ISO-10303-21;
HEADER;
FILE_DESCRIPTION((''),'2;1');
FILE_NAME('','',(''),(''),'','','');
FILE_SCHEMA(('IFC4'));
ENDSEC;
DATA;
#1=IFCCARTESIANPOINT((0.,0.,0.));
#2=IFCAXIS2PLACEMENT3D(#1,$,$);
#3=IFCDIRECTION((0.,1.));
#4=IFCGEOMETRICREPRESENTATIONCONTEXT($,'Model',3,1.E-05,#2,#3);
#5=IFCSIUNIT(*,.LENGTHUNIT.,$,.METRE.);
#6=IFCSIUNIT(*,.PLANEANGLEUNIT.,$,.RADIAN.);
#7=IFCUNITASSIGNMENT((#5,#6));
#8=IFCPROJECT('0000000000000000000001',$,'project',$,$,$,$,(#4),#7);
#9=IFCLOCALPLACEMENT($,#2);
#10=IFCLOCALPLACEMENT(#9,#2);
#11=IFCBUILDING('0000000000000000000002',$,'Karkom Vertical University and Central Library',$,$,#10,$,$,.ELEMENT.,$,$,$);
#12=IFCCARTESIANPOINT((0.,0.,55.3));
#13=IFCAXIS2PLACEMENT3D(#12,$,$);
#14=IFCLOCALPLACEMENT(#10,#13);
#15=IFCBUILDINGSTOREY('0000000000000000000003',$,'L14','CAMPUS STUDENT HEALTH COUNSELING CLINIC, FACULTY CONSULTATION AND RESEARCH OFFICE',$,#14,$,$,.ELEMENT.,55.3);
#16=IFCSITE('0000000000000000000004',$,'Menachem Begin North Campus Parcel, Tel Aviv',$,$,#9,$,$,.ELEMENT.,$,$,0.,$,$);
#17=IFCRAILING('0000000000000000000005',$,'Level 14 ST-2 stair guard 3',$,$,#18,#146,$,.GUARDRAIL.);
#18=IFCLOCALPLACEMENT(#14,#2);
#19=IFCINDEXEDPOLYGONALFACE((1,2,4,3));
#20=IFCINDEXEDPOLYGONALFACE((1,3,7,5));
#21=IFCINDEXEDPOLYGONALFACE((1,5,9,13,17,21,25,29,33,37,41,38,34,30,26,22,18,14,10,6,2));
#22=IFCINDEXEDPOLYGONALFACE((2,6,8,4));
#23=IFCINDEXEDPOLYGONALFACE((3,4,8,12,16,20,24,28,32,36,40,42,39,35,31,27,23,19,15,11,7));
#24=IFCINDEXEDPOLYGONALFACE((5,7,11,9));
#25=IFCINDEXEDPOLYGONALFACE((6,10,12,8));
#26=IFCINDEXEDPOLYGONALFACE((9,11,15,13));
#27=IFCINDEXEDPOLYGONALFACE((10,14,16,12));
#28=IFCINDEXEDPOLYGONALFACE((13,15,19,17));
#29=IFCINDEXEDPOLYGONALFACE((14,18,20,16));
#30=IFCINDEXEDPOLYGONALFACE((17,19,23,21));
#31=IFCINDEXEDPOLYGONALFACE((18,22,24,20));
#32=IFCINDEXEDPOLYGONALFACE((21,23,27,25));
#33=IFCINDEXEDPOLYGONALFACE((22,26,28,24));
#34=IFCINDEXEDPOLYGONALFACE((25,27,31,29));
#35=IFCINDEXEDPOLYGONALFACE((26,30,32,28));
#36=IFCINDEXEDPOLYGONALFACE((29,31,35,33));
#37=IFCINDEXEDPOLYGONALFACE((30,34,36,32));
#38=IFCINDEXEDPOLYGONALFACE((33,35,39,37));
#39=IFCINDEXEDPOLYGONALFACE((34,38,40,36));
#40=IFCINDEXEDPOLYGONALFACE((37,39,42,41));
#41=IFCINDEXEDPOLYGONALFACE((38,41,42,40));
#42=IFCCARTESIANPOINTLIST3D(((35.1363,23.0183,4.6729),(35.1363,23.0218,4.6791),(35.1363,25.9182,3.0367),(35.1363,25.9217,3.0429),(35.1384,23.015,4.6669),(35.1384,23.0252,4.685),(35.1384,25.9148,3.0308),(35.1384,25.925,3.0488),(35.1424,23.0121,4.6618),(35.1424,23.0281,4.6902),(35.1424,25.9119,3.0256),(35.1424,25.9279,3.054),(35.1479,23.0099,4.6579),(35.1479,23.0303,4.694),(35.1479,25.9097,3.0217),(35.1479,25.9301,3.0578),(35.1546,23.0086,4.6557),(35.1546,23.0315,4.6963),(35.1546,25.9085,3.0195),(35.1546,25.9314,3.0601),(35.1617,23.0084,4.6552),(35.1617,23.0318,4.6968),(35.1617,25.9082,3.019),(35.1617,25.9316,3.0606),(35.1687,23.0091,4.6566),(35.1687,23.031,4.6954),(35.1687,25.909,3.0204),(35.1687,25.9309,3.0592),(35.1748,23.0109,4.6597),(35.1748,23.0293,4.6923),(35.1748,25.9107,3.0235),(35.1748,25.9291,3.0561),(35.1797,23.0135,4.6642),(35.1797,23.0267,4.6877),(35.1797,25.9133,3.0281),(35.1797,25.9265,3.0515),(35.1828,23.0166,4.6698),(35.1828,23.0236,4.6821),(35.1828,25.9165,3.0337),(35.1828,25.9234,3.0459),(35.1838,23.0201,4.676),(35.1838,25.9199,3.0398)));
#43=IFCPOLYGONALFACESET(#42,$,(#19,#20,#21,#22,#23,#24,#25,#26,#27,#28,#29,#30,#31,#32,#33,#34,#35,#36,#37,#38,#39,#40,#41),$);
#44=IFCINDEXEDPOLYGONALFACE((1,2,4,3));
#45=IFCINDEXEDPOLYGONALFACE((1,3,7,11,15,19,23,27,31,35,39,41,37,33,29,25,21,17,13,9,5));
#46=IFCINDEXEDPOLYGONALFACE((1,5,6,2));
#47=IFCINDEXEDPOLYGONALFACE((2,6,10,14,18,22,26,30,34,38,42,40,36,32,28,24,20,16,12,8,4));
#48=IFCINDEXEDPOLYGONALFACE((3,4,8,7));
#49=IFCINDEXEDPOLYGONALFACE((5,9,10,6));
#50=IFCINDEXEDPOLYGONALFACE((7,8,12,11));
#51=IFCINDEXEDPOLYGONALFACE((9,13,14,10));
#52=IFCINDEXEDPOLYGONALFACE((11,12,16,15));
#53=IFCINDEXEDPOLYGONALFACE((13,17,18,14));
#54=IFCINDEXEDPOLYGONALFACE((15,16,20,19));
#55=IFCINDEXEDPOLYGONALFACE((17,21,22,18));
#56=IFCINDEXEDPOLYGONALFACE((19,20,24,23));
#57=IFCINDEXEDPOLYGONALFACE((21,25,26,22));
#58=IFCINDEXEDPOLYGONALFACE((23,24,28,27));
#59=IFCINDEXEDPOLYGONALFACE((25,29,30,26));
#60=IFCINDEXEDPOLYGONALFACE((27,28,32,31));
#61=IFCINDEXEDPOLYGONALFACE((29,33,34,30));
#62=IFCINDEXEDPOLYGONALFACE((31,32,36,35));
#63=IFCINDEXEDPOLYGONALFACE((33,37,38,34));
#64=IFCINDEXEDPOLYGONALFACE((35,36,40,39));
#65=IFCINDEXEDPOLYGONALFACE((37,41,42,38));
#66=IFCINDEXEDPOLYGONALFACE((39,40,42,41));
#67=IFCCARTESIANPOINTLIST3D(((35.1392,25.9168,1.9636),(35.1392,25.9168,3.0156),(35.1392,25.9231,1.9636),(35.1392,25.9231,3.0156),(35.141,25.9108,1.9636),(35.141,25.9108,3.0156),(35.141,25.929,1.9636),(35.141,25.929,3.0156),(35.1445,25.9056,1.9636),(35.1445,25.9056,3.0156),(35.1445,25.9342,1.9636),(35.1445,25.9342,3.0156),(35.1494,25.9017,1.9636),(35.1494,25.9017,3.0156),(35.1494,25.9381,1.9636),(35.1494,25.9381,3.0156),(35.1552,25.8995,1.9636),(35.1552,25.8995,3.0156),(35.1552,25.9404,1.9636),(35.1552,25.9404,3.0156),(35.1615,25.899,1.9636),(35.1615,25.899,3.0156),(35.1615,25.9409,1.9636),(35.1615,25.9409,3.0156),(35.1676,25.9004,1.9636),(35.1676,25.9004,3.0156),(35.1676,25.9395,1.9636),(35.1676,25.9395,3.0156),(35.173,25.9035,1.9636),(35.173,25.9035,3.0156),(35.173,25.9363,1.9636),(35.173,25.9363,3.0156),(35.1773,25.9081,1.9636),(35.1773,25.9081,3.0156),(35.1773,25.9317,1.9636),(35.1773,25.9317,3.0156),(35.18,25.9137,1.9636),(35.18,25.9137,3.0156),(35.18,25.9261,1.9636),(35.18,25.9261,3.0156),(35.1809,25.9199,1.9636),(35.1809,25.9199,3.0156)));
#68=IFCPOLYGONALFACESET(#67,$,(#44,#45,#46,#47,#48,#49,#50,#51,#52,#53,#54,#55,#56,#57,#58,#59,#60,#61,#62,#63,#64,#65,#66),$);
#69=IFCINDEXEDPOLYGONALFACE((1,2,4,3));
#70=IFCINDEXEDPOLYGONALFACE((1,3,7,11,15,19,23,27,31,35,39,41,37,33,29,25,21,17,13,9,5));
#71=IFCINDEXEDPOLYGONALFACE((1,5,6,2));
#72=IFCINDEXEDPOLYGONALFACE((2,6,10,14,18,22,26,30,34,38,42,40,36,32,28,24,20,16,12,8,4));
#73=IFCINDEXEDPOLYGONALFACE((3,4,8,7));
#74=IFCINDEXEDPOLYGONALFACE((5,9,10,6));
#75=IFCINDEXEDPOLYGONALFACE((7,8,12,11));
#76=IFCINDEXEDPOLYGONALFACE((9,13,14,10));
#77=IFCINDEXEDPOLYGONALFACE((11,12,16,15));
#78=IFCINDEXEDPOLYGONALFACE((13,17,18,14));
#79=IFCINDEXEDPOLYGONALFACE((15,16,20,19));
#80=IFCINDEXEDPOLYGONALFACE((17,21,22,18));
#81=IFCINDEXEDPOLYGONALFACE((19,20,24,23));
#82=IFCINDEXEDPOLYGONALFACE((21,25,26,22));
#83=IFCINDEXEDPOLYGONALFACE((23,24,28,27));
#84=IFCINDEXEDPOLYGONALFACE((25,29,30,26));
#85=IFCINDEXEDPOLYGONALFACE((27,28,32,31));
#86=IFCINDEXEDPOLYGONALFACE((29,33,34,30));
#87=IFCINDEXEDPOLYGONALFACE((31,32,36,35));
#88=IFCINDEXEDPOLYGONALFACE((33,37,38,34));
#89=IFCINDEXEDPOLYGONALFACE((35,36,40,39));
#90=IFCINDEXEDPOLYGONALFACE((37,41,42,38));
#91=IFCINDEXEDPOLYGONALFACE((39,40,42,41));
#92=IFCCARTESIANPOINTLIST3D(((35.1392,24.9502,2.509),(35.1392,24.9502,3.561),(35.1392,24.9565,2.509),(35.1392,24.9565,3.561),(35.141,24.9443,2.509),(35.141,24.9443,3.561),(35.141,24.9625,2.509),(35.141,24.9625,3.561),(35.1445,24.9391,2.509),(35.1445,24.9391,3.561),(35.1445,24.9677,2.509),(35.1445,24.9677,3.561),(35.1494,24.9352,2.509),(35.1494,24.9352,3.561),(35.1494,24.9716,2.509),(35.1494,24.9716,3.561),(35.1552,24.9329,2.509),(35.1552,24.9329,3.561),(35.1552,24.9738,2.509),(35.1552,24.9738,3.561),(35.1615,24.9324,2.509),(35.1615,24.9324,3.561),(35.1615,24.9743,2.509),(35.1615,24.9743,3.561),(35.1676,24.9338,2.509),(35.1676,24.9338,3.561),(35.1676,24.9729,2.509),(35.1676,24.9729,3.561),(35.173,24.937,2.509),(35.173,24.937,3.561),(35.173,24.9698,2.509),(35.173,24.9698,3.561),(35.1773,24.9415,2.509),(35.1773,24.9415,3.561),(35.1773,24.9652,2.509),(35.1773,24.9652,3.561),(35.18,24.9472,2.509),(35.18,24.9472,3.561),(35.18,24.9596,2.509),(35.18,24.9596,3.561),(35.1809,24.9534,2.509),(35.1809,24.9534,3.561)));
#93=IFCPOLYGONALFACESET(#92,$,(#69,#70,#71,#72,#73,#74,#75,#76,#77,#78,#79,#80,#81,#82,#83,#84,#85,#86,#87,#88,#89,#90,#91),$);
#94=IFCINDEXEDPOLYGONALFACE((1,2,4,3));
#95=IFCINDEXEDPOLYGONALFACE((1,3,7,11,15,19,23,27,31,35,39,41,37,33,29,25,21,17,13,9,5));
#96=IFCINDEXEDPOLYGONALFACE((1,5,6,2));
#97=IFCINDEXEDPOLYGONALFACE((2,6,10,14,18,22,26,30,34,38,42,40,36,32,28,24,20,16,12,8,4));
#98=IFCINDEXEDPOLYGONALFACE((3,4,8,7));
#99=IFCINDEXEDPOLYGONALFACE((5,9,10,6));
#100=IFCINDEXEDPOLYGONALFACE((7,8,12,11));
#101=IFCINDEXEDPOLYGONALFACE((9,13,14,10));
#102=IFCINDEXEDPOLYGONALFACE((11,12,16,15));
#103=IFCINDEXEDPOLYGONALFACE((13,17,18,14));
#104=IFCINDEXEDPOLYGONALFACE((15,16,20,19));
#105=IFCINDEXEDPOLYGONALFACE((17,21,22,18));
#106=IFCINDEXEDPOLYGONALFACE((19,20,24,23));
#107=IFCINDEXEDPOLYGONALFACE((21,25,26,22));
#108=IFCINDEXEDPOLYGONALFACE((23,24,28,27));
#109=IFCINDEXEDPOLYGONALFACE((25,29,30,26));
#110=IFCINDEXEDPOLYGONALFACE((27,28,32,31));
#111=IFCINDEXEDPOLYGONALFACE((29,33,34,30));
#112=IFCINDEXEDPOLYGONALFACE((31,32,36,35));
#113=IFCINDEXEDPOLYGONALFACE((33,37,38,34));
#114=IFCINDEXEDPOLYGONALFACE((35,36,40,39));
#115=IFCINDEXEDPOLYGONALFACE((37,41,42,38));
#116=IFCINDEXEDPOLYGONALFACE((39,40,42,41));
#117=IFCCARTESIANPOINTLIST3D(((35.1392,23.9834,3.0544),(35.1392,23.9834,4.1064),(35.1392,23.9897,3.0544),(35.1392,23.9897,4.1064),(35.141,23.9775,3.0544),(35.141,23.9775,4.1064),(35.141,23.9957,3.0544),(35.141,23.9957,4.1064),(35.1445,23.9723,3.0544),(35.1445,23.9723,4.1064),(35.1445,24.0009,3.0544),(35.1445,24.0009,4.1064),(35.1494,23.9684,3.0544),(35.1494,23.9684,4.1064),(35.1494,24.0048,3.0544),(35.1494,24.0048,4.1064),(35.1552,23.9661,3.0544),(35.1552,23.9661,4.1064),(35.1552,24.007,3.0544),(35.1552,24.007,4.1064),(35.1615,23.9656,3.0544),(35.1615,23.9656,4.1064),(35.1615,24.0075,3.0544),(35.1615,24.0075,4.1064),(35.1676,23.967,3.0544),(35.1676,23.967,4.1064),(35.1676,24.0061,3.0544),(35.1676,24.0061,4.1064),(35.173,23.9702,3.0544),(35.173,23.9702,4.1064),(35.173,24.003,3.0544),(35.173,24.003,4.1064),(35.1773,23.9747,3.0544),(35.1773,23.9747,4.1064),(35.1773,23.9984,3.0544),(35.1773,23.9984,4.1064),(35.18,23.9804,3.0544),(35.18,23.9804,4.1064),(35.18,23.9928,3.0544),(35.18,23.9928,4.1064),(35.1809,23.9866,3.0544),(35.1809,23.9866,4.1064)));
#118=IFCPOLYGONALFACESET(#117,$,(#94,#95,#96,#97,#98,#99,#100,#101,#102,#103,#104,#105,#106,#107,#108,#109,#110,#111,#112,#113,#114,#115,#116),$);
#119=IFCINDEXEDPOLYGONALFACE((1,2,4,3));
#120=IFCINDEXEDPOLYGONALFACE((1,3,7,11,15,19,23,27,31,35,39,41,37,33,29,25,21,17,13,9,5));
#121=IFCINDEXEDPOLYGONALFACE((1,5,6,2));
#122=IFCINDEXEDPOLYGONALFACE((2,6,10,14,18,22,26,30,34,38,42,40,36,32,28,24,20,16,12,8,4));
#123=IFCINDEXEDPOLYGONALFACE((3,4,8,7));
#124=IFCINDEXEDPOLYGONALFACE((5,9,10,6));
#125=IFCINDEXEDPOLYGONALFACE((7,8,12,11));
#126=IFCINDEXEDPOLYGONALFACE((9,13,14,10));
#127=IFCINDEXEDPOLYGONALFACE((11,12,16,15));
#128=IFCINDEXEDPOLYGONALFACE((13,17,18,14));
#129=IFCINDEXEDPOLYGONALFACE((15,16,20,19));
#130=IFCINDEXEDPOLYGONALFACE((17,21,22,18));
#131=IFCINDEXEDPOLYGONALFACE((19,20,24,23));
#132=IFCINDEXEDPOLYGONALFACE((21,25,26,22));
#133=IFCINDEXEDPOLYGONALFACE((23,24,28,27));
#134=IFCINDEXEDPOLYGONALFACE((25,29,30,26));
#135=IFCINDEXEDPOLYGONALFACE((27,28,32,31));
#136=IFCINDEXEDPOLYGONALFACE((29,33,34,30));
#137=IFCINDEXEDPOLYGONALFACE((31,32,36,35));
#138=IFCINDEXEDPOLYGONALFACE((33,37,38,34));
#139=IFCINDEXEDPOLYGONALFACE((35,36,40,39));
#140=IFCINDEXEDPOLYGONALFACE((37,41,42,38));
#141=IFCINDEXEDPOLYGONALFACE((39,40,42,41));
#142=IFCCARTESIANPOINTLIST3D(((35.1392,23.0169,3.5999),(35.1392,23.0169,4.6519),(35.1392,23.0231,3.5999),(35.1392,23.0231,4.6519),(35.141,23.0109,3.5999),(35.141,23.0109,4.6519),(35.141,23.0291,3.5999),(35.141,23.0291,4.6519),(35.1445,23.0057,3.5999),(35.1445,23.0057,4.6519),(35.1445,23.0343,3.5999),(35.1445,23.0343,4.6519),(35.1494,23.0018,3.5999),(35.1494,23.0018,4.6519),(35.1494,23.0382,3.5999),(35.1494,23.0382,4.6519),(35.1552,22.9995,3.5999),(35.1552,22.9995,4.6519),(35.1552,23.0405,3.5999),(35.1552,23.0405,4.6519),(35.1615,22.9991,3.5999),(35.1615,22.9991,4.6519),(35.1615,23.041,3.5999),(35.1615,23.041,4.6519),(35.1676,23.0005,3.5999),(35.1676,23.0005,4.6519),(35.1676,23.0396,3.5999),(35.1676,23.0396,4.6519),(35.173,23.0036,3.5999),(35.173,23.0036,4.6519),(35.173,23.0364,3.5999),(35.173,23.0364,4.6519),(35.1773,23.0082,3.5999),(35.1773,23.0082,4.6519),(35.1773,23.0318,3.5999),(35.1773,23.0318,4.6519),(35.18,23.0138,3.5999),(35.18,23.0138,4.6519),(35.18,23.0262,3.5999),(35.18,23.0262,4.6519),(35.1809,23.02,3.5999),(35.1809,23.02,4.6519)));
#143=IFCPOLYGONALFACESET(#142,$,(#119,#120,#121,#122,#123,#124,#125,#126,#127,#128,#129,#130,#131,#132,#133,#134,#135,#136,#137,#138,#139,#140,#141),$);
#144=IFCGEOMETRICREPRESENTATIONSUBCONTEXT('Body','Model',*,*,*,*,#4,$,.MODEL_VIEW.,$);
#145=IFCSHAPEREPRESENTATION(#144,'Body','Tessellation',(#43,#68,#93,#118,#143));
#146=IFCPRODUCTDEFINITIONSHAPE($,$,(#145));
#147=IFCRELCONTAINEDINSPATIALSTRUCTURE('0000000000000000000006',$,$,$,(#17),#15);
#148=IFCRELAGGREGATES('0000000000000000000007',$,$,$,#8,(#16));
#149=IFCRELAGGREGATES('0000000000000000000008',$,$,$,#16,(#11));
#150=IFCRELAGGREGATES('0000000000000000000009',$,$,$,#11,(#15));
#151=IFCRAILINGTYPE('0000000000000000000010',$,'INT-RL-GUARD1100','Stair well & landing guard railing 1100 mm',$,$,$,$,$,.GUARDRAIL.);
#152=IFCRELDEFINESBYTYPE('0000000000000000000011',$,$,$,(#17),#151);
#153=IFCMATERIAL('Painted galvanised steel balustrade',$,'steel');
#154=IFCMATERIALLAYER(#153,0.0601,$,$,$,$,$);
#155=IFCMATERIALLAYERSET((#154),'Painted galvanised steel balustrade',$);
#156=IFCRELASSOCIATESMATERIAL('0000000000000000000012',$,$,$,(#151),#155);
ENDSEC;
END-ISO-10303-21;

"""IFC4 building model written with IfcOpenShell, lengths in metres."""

from ifc_helpers import new_model, si_unit, direction, frame, origin, origin_2d, place, context, subcontext, project, spatial, circle, extrude, material, layer, layer_set, type_object, element, save


model = new_model("IFC4")

# Units and contexts
model_context = context("Model", 3, precision=1e-05, world=origin(), true_north=direction((0.0, 1.0)))
body_context = subcontext(model_context, "Body", "Model", "MODEL_VIEW")
ifc_project = project(units=[si_unit("LENGTHUNIT", "METRE"), si_unit("PLANEANGLEUNIT", "RADIAN")], contexts=[model_context])

# Site, building, storey
site_placement = place(None, origin())
site = spatial("IfcSite", under=ifc_project, at=site_placement, Name="Menachem Begin North Campus Parcel, Tel Aviv", CompositionType="ELEMENT", RefElevation=0.0)
building_placement = place(site_placement, origin())
building = spatial("IfcBuilding", under=site, at=building_placement, Name="Karkom Vertical University and Central Library", CompositionType="ELEMENT")
storey_placement = place(building_placement, frame((0.0, 0.0, 55.3)))
storey = spatial("IfcBuildingStorey", under=building, at=storey_placement, Name="L14", Description="CAMPUS STUDENT HEALTH COUNSELING CLINIC, FACULTY CONSULTATION AND RESEARCH OFFICE", CompositionType="ELEMENT", Elevation=55.3)

# Railing
ifc_material_1 = material(Name="Painted galvanised steel balustrade", Category="steel")
ifc_layer_1 = layer(ifc_material_1, 0.0601)
ifc_layer_set_1 = layer_set([ifc_layer_1], Name="Painted galvanised steel balustrade")
railing_type_1 = type_object("IfcRailingType", Name="INT-RL-GUARD1100", Description="Stair well & landing guard railing 1100 mm", PredefinedType="GUARDRAIL", material=ifc_layer_set_1)
railing_1_placement = place(storey_placement, frame((35.1599, 25.9199, 1.9636)))
element("IfcRailing", 1, at=railing_1_placement, inside=storey, type_object=railing_type_1, Name="Level 14 ST-2 stair guard 3", PredefinedType="GUARDRAIL", context=body_context, shape_type="SweptSolid", body=[
    extrude(circle(Radius=0.0239, at=origin_2d()), frame((0.0, 0.0, 1.0762), z_axis=(0.0, -0.870929, 0.49141), x_axis=(1.0, 0.0, 0.0)), (0.0, 0.0, 1.0), 3.3296),
    extrude(circle(Radius=0.021, at=origin_2d()), origin(), (0.0, 0.0, 1.0), 1.052),
    extrude(circle(Radius=0.021, at=origin_2d()), frame((0.0, -0.9666, 0.5454)), (0.0, 0.0, 1.0), 1.052),
    extrude(circle(Radius=0.021, at=origin_2d()), frame((0.0, -1.9333, 1.0908)), (0.0, 0.0, 1.0), 1.052),
    extrude(circle(Radius=0.021, at=origin_2d()), frame((0.0, -2.8999, 1.6362)), (0.0, 0.0, 1.0), 1.052),
])

save(model, "model.ifc")
